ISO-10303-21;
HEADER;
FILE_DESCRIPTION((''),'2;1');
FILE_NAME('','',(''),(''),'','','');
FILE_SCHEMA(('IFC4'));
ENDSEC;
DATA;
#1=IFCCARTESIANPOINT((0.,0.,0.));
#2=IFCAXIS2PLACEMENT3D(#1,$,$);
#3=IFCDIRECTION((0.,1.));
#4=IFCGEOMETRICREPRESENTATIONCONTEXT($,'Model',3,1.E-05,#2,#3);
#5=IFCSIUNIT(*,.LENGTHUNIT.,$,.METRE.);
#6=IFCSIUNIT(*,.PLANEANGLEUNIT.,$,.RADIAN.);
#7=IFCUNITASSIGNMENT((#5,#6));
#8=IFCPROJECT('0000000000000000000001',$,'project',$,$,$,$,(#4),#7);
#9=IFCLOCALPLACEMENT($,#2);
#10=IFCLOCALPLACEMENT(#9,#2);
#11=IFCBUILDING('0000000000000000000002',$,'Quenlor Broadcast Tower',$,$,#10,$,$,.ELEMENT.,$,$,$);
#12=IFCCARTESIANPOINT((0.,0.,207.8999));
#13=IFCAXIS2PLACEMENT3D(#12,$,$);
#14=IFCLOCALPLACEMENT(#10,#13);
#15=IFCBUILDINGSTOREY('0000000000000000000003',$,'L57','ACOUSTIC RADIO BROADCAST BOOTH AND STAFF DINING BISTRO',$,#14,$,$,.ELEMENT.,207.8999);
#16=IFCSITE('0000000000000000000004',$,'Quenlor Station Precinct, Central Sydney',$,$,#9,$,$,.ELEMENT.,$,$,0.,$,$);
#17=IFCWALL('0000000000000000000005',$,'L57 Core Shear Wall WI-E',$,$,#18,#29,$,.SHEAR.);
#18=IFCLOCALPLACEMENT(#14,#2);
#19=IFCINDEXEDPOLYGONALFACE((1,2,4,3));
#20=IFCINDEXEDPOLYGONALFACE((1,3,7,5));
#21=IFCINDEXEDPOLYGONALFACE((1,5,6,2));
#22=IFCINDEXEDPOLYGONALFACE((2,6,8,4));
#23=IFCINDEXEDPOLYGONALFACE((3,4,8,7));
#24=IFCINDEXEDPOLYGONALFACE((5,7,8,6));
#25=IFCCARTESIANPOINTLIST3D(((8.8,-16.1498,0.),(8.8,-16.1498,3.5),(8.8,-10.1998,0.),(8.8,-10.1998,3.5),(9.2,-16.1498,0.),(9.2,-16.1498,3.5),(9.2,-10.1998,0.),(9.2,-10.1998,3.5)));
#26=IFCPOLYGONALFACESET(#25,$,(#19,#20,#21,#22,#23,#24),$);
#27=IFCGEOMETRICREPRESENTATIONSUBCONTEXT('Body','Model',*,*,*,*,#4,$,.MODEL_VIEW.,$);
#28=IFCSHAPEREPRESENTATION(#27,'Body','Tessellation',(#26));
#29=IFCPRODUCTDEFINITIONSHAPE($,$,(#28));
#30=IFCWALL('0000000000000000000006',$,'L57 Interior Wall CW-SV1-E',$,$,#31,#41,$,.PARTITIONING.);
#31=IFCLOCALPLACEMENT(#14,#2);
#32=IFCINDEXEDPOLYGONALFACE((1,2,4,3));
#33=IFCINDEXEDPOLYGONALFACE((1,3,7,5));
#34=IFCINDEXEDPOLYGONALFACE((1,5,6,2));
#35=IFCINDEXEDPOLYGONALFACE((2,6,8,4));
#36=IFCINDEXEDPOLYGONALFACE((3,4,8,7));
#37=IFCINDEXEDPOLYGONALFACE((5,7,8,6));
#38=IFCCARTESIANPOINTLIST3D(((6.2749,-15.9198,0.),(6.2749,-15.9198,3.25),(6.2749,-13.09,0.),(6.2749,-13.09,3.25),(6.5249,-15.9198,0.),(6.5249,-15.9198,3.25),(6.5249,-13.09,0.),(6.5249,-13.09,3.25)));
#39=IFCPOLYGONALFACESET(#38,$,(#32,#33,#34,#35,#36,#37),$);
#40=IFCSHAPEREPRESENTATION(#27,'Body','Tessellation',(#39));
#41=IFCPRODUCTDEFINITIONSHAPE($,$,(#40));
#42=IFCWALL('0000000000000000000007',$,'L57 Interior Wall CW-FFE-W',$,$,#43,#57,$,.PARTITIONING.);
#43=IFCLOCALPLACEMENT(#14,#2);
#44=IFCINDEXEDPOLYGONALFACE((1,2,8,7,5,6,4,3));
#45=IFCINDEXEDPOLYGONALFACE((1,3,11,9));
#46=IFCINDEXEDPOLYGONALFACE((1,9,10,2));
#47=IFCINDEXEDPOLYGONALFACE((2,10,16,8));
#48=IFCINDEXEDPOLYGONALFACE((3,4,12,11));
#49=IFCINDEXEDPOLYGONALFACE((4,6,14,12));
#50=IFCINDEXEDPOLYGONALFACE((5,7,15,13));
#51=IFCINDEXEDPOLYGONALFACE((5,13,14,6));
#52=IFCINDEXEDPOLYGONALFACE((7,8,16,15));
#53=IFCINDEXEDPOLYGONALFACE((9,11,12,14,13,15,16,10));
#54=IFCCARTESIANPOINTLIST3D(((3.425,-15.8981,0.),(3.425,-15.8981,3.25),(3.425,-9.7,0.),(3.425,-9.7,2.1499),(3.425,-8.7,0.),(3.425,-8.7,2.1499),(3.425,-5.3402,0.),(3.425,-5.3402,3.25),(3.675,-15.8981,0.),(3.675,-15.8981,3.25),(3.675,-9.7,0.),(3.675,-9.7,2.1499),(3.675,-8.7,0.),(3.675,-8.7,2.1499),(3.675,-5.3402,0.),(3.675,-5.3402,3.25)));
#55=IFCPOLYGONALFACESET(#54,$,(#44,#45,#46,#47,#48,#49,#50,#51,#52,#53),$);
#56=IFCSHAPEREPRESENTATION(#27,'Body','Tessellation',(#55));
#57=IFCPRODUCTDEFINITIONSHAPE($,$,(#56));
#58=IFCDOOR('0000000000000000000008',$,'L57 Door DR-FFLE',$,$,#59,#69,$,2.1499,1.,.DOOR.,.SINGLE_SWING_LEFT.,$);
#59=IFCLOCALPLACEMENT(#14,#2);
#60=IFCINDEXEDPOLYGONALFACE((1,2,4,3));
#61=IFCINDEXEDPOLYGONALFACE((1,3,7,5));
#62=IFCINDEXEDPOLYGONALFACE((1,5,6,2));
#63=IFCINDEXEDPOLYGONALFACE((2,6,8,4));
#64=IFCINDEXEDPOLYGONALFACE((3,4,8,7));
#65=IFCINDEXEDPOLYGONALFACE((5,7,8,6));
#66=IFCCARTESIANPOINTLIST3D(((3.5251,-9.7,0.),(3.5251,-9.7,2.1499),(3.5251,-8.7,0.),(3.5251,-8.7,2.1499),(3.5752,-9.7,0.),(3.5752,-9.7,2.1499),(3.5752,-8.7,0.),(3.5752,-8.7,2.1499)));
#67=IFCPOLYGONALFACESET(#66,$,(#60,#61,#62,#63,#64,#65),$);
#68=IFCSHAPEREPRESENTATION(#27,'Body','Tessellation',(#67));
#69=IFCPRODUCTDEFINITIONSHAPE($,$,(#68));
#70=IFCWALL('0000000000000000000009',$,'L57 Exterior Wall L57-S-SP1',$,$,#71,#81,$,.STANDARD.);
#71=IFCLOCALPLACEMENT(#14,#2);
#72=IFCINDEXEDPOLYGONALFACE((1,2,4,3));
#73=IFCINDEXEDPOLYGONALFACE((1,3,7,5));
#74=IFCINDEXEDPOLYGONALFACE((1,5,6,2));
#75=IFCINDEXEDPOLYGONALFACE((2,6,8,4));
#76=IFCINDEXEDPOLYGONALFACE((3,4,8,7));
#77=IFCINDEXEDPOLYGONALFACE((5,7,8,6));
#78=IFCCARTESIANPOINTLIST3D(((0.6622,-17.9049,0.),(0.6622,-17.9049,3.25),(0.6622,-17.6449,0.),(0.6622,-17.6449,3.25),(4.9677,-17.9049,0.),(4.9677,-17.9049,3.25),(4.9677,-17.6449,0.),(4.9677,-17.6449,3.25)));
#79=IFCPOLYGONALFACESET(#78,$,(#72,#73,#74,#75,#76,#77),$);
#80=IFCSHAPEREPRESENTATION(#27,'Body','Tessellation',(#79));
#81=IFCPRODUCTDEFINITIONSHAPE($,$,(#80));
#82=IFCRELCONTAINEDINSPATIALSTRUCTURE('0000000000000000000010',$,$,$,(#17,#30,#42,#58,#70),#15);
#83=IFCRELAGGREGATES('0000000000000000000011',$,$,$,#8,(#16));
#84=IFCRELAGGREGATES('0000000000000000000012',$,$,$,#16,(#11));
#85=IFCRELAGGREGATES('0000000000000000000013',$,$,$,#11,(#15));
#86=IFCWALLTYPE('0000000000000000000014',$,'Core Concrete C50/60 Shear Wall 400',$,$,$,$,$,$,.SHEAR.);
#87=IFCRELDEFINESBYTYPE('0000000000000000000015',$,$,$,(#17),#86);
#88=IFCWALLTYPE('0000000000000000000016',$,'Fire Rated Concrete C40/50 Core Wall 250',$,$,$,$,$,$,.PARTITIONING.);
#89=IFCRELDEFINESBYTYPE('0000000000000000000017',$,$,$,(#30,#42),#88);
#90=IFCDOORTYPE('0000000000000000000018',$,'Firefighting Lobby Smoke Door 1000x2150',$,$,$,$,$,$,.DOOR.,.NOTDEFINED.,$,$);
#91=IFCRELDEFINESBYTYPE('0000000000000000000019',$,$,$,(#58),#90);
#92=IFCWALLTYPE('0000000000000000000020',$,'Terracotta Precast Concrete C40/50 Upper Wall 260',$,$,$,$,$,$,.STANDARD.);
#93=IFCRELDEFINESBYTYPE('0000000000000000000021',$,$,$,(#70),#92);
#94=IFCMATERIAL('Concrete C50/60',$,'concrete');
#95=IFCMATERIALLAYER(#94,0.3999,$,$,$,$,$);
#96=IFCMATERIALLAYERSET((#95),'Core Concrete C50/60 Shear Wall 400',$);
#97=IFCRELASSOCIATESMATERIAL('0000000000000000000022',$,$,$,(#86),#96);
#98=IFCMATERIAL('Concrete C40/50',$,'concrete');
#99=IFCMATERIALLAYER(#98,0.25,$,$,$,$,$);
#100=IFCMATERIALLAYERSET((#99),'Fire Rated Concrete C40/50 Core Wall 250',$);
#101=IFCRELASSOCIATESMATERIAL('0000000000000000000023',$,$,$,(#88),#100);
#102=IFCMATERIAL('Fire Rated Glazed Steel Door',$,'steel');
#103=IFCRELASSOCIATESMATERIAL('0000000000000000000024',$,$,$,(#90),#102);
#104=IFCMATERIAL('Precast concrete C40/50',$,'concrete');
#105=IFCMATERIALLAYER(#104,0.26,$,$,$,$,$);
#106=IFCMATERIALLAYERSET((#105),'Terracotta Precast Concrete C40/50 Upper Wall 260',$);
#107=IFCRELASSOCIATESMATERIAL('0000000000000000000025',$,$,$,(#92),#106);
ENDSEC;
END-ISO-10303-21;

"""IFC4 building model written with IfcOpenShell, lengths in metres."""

from ifc_helpers import new_model, si_unit, direction, frame, frame_2d, origin, place, context, subcontext, project, spatial, rectangle, extrude, material, layer, layer_set, type_object, element, fill, save


model = new_model("IFC4")

# Units and contexts
model_context = context("Model", 3, precision=1e-05, world=origin(), true_north=direction((0.0, 1.0)))
body_context = subcontext(model_context, "Body", "Model", "MODEL_VIEW")
ifc_project = project(units=[si_unit("LENGTHUNIT", "METRE"), si_unit("PLANEANGLEUNIT", "RADIAN")], contexts=[model_context])

# Site, building, storey
site_placement = place(None, origin())
site = spatial("IfcSite", under=ifc_project, at=site_placement, Name="Quenlor Station Precinct, Central Sydney", CompositionType="ELEMENT", RefElevation=0.0)
building_placement = place(site_placement, origin())
building = spatial("IfcBuilding", under=site, at=building_placement, Name="Quenlor Broadcast Tower", CompositionType="ELEMENT")
storey_placement = place(building_placement, frame((0.0, 0.0, 207.8999)))
storey = spatial("IfcBuildingStorey", under=building, at=storey_placement, Name="L57", Description="ACOUSTIC RADIO BROADCAST BOOTH AND STAFF DINING BISTRO", CompositionType="ELEMENT", Elevation=207.8999)

# Walls
ifc_material_1 = material(Name="Concrete C50/60", Category="concrete")
ifc_layer_1 = layer(ifc_material_1, 0.3999)
ifc_layer_set_1 = layer_set([ifc_layer_1], Name="Core Concrete C50/60 Shear Wall 400")
wall_type_1 = type_object("IfcWallType", Name="Core Concrete C50/60 Shear Wall 400", PredefinedType="SHEAR", material=ifc_layer_set_1)
wall_1_placement = place(storey_placement, frame((9.0, -16.1499, 0.0), z_axis=(0.0, 0.0, 1.0), x_axis=(0.0, 1.0, 0.0)))
element("IfcWall", 1, at=wall_1_placement, inside=storey, type_object=wall_type_1, Name="L57 Core Shear Wall WI-E", PredefinedType="SHEAR", context=body_context, shape_type="SweptSolid", body=[
    extrude(rectangle(XDim=5.95, YDim=0.3999, at=frame_2d((2.9751, 0.0))), origin(), (0.0, 0.0, 1.0), 3.5),
])
ifc_material_2 = material(Name="Concrete C40/50", Category="concrete")
ifc_layer_2 = layer(ifc_material_2, 0.25)
ifc_layer_set_2 = layer_set([ifc_layer_2], Name="Fire Rated Concrete C40/50 Core Wall 250")
wall_type_2 = type_object("IfcWallType", Name="Fire Rated Concrete C40/50 Core Wall 250", PredefinedType="PARTITIONING", material=ifc_layer_set_2)
wall_2_placement = place(storey_placement, frame((6.3999, -15.9199, 0.0), z_axis=(0.0, 0.0, 1.0), x_axis=(0.0, 1.0, 0.0)))
element("IfcWall", 2, at=wall_2_placement, inside=storey, type_object=wall_type_2, Name="L57 Interior Wall CW-SV1-E", PredefinedType="PARTITIONING", context=body_context, shape_type="SweptSolid", body=[
    extrude(rectangle(XDim=2.8298, YDim=0.25, at=frame_2d((1.415, 0.0))), origin(), (0.0, 0.0, 1.0), 3.25),
])

# Wall, opening, door
wall_3_placement = place(storey_placement, frame((3.55, -15.8979, 0.0), z_axis=(0.0, 0.0, 1.0), x_axis=(0.0, 1.0, 0.0)))
wall_3 = element("IfcWall", 3, at=wall_3_placement, inside=storey, type_object=wall_type_2, Name="L57 Interior Wall CW-FFE-W", PredefinedType="PARTITIONING", context=body_context, shape_type="SweptSolid", body=[
    extrude(rectangle(XDim=10.5579, YDim=0.25, at=frame_2d((5.2788, 0.0))), origin(), (0.0, 0.0, 1.0), 3.25),
])
opening_placement = place(wall_3_placement, frame((6.198, 0.0, 0.0)))
opening = element("IfcOpeningElement", 4, at=opening_placement, cuts=wall_3, PredefinedType="OPENING", context=body_context, shape_type="SweptSolid", body=[
    extrude(rectangle(XDim=1.0, YDim=2.1499, at=frame_2d((0.5, 1.075))), frame((0.0, 0.135, 0.0), z_axis=(0.0, -1.0, 0.0), x_axis=(1.0, 0.0, 0.0)), (0.0, 0.0, 1.0), 0.27),
])
ifc_material_3 = material(Name="Fire Rated Glazed Steel Door", Category="steel")
door_type = type_object("IfcDoorType", Name="Firefighting Lobby Smoke Door 1000x2150", OperationType="NOTDEFINED", PredefinedType="DOOR", material=ifc_material_3)
door_placement = place(opening_placement, origin())
door = element("IfcDoor", 5, at=door_placement, inside=storey, type_object=door_type, Name="L57 Door DR-FFLE", OperationType="SINGLE_SWING_LEFT", OverallHeight=2.1499, OverallWidth=1.0, PredefinedType="DOOR", context=body_context, shape_type="SweptSolid", body=[
    extrude(rectangle(XDim=1.0, YDim=2.1499, at=frame_2d((0.5, 1.075))), frame((0.0, 0.0249, 0.0), z_axis=(0.0, -1.0, 0.0), x_axis=(1.0, 0.0, 0.0)), (0.0, 0.0, 1.0), 0.05),
])
fill(opening, door)

# Wall
ifc_material_4 = material(Name="Precast concrete C40/50", Category="concrete")
ifc_layer_3 = layer(ifc_material_4, 0.26)
ifc_layer_set_3 = layer_set([ifc_layer_3], Name="Terracotta Precast Concrete C40/50 Upper Wall 260")
wall_type_3 = type_object("IfcWallType", Name="Terracotta Precast Concrete C40/50 Upper Wall 260", PredefinedType="STANDARD", material=ifc_layer_set_3)
wall_4_placement = place(storey_placement, frame((4.9678, -17.7749, 0.0), z_axis=(0.0, 0.0, 1.0), x_axis=(-1.0, 0.0, 0.0)))
element("IfcWall", 6, at=wall_4_placement, inside=storey, type_object=wall_type_3, Name="L57 Exterior Wall L57-S-SP1", PredefinedType="STANDARD", context=body_context, shape_type="SweptSolid", body=[
    extrude(rectangle(XDim=4.3054, YDim=0.26, at=frame_2d((2.1528, 0.0))), origin(), (0.0, 0.0, 1.0), 3.25),
])

save(model, "model.ifc")
